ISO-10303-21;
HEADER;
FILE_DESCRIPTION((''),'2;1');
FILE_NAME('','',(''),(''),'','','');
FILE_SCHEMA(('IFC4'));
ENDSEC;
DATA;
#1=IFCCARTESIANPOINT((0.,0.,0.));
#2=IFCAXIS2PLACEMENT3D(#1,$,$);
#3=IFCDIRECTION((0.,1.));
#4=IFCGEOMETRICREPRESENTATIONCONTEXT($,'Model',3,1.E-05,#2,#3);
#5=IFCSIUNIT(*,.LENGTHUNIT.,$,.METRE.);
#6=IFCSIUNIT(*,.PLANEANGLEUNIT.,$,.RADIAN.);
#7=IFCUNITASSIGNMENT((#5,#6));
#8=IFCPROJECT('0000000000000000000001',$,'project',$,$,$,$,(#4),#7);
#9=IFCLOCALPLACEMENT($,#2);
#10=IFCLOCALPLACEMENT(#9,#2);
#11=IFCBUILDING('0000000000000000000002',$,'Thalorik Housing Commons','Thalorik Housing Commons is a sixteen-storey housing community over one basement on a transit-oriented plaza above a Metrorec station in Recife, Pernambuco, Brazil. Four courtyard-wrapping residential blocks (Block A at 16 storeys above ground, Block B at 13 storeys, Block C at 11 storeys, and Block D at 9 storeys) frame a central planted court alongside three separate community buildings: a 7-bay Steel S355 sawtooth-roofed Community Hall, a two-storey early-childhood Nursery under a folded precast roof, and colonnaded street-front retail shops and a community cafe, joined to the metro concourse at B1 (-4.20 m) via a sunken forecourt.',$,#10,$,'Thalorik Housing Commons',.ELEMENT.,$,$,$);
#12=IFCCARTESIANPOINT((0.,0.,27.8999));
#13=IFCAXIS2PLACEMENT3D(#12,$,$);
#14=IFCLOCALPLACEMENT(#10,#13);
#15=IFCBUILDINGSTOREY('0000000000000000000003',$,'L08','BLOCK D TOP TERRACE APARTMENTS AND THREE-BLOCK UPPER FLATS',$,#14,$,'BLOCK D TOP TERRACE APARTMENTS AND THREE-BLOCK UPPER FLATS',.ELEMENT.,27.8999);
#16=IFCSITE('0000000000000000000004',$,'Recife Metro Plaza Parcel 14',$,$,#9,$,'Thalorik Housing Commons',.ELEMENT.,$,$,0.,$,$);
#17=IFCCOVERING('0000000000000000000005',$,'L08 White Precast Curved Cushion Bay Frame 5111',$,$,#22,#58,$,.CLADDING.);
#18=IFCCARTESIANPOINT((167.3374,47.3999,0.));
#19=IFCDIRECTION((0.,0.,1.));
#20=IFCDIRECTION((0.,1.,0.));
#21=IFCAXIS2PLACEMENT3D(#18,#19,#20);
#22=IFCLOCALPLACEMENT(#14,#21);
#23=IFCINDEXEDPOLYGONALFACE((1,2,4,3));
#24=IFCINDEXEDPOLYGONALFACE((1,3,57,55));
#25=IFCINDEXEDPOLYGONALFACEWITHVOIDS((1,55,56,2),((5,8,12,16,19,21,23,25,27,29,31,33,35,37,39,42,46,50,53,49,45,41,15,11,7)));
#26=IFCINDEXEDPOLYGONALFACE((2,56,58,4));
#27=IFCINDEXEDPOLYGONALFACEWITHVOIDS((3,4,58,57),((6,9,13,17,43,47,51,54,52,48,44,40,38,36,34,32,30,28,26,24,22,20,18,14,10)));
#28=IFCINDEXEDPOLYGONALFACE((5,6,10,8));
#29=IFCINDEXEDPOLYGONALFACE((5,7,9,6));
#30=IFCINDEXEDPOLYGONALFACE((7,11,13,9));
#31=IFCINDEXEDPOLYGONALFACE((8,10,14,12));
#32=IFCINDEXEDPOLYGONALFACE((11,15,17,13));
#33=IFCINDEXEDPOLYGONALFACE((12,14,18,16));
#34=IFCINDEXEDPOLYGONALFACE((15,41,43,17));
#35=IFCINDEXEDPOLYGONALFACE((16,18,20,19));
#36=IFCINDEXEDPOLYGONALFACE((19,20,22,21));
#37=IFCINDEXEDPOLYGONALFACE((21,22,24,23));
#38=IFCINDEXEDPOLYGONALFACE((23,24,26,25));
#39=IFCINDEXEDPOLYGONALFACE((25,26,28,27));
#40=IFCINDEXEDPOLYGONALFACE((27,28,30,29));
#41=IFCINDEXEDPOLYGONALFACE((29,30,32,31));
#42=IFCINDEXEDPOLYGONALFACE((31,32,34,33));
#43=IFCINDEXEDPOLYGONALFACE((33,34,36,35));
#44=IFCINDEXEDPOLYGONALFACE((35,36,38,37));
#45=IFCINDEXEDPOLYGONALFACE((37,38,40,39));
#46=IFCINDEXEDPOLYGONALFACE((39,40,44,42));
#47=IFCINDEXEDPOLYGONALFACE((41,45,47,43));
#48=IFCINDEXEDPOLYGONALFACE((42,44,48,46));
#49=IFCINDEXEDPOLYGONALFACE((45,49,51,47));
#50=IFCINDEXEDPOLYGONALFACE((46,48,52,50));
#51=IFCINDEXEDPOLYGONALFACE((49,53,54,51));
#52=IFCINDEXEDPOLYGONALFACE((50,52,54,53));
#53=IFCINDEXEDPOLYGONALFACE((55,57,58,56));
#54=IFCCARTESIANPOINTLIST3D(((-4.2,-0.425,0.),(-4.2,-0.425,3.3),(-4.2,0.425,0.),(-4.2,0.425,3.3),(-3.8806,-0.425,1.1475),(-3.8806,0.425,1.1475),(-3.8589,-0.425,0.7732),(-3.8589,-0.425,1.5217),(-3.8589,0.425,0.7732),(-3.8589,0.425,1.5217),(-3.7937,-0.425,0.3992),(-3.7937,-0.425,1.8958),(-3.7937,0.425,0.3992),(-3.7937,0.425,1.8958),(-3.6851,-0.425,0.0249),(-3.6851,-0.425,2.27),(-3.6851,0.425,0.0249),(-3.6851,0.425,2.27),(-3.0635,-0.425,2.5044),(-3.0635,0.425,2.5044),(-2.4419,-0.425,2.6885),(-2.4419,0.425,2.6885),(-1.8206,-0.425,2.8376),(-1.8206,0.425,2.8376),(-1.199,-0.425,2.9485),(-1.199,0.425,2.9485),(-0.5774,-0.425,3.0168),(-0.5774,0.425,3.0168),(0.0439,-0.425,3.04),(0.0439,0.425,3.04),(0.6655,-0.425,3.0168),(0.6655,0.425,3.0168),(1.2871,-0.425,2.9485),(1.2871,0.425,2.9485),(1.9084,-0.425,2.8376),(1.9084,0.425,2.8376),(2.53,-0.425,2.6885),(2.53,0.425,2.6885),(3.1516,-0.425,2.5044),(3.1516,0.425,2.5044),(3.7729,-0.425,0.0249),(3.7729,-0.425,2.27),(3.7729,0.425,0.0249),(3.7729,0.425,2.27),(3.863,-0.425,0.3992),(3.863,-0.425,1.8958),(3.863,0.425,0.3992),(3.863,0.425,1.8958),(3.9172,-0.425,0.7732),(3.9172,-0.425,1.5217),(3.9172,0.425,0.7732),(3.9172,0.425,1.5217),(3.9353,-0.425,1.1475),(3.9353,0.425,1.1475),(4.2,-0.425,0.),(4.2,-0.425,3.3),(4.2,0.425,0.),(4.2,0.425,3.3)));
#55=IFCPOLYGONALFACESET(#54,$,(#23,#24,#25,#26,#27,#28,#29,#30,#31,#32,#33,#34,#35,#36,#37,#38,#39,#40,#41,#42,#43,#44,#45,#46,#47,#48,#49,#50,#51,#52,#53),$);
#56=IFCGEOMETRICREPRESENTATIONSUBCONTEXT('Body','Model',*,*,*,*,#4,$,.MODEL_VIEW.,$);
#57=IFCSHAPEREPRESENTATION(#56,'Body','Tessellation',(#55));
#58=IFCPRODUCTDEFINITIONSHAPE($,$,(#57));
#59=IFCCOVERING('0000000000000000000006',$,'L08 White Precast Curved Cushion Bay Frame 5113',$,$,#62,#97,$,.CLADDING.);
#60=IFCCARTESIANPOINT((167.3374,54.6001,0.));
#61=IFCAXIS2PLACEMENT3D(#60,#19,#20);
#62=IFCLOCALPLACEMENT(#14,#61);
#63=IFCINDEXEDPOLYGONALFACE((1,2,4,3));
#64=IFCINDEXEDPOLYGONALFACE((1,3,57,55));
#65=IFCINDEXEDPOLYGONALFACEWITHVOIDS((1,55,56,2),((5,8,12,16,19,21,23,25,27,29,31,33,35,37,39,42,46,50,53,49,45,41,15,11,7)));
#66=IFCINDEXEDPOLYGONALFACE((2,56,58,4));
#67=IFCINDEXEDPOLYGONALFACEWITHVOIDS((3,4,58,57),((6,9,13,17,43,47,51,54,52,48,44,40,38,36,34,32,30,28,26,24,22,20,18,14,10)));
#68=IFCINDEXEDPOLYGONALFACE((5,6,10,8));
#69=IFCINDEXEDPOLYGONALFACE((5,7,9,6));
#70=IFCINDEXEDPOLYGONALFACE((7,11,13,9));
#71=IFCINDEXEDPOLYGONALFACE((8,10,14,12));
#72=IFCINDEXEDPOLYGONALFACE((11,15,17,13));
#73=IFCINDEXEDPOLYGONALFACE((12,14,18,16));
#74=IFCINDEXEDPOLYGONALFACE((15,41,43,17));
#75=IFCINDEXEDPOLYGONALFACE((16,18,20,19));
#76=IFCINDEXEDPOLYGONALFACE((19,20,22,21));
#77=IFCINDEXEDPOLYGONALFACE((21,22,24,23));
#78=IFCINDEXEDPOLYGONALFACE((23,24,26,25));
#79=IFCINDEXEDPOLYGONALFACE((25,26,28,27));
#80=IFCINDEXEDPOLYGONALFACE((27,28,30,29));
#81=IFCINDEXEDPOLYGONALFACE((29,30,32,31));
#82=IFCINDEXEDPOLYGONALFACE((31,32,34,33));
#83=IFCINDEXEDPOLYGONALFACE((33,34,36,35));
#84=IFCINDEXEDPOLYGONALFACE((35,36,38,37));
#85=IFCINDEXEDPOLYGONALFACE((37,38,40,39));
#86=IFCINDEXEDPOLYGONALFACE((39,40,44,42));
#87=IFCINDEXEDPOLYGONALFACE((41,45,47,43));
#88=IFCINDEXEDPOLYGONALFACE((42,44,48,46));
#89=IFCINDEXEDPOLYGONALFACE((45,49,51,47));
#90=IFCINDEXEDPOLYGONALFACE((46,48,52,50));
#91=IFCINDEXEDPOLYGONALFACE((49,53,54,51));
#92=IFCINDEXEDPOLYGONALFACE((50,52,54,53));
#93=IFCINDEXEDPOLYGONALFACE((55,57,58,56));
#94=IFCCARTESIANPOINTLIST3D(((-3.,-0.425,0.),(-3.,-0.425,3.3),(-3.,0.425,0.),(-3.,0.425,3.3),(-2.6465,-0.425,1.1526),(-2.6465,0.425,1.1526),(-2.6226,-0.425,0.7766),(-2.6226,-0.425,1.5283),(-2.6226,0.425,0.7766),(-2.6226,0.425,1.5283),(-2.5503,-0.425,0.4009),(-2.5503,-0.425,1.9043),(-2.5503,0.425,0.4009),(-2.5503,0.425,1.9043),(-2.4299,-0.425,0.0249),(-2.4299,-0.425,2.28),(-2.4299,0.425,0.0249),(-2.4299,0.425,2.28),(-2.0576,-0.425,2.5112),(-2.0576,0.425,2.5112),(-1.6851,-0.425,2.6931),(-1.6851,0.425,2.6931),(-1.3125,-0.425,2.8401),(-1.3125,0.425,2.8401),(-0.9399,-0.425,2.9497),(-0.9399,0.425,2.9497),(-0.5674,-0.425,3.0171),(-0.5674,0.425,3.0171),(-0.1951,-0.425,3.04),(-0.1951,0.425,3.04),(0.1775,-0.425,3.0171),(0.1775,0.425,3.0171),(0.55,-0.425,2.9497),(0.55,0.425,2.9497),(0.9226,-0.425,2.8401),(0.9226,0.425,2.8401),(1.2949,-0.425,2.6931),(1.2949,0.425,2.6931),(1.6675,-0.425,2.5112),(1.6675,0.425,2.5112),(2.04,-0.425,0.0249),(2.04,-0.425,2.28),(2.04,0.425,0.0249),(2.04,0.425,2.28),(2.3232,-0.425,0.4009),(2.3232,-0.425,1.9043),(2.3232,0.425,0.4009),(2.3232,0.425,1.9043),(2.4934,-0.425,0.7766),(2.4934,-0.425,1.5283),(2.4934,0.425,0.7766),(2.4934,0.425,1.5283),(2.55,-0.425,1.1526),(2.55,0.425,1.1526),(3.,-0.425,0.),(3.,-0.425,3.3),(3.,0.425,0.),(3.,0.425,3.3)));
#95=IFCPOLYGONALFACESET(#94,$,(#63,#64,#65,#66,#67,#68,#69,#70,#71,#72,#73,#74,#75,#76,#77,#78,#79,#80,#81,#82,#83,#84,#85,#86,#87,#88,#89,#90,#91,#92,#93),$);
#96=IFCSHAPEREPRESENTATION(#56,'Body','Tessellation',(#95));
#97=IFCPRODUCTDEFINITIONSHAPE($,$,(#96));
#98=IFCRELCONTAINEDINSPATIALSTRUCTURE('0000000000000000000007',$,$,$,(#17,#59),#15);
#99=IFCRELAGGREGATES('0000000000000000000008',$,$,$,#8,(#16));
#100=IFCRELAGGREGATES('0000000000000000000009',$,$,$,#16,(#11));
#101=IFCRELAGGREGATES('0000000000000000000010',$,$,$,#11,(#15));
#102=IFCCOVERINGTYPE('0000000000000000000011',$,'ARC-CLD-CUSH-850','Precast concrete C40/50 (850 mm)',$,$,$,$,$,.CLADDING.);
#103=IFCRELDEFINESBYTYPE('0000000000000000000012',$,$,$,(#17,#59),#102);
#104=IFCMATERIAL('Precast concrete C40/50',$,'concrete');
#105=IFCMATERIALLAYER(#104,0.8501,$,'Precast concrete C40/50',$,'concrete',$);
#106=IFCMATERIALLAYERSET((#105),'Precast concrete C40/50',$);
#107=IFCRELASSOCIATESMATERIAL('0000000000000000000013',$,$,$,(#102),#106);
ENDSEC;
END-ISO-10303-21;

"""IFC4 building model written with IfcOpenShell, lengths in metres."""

from ifc_helpers import new_model, si_unit, direction, frame, origin, place, context, subcontext, project, spatial, polyline, outline, extrude, material, layer, layer_set, type_object, element, save


model = new_model("IFC4")

# Units and contexts
model_context = context("Model", 3, precision=1e-05, world=origin(), true_north=direction((0.0, 1.0)))
body_context = subcontext(model_context, "Body", "Model", "MODEL_VIEW")
ifc_project = project(units=[si_unit("LENGTHUNIT", "METRE"), si_unit("PLANEANGLEUNIT", "RADIAN")], contexts=[model_context])

# Site, building, storey
site_placement = place(None, origin())
site = spatial("IfcSite", under=ifc_project, at=site_placement, Name="Recife Metro Plaza Parcel 14", LongName="Thalorik Housing Commons", CompositionType="ELEMENT", RefElevation=0.0)
building_placement = place(site_placement, origin())
building = spatial("IfcBuilding", under=site, at=building_placement, Name="Thalorik Housing Commons", Description="Thalorik Housing Commons is a sixteen-storey housing community over one basement on a transit-oriented plaza above a Metrorec station in Recife, Pernambuco, Brazil. Four courtyard-wrapping residential blocks (Block A at 16 storeys above ground, Block B at 13 storeys, Block C at 11 storeys, and Block D at 9 storeys) frame a central planted court alongside three separate community buildings: a 7-bay Steel S355 sawtooth-roofed Community Hall, a two-storey early-childhood Nursery under a folded precast roof, and colonnaded street-front retail shops and a community cafe, joined to the metro concourse at B1 (-4.20 m) via a sunken forecourt.", LongName="Thalorik Housing Commons", CompositionType="ELEMENT")
storey_placement = place(building_placement, frame((0.0, 0.0, 27.8999)))
storey = spatial("IfcBuildingStorey", under=building, at=storey_placement, Name="L08", Description="BLOCK D TOP TERRACE APARTMENTS AND THREE-BLOCK UPPER FLATS", LongName="BLOCK D TOP TERRACE APARTMENTS AND THREE-BLOCK UPPER FLATS", CompositionType="ELEMENT", Elevation=27.8999)

# Shared definitions
ifc_material_1 = material(Name="Precast concrete C40/50", Category="concrete")

# Coverings
ifc_layer_1 = layer(ifc_material_1, 0.8501, Name="Precast concrete C40/50", Category="concrete")
ifc_layer_set_1 = layer_set([ifc_layer_1], Name="Precast concrete C40/50")
covering_type_1 = type_object("IfcCoveringType", Name="ARC-CLD-CUSH-850", Description="Precast concrete C40/50 (850 mm)", PredefinedType="CLADDING", material=ifc_layer_set_1)
covering_1_placement = place(storey_placement, frame((167.3374, 47.3999, 0.0), z_axis=(0.0, 0.0, 1.0), x_axis=(0.0, 1.0, 0.0)))
element("IfcCovering", 1, at=covering_1_placement, inside=storey, type_object=covering_type_1, Name="L08 White Precast Curved Cushion Bay Frame 5111", PredefinedType="CLADDING", context=body_context, shape_type="SweptSolid", body=[
    extrude(outline(polyline([(-4.2, 0.0), (4.2, 0.0), (4.2, 3.3), (-4.2, 3.3), (-4.2, 0.0)]), holes=[polyline([(3.7729, 0.0249), (3.863, 0.3992), (3.9172, 0.7732), (3.9353, 1.1475), (3.9172, 1.5217), (3.863, 1.8958), (3.7729, 2.27), (3.1516, 2.5044), (2.53, 2.6885), (1.9084, 2.8376), (1.2871, 2.9485), (0.6655, 3.0168), (0.0439, 3.04), (-0.5774, 3.0168), (-1.199, 2.9485), (-1.8206, 2.8376), (-2.4419, 2.6885), (-3.0635, 2.5044), (-3.6851, 2.27), (-3.7937, 1.8958), (-3.8589, 1.5217), (-3.8806, 1.1475), (-3.8589, 0.7732), (-3.7937, 0.3992), (-3.6851, 0.0249), (3.7729, 0.0249)])]), frame((0.0, 0.425, 0.0), z_axis=(0.0, -1.0, 0.0), x_axis=(1.0, 0.0, 0.0)), (0.0, 0.0, 1.0), 0.8501),
])
covering_2_placement = place(storey_placement, frame((167.3374, 54.6001, 0.0), z_axis=(0.0, 0.0, 1.0), x_axis=(0.0, 1.0, 0.0)))
element("IfcCovering", 2, at=covering_2_placement, inside=storey, type_object=covering_type_1, Name="L08 White Precast Curved Cushion Bay Frame 5113", PredefinedType="CLADDING", context=body_context, shape_type="SweptSolid", body=[
    extrude(outline(polyline([(-3.0, 0.0), (3.0, 0.0), (3.0, 3.3), (-3.0, 3.3), (-3.0, 0.0)]), holes=[polyline([(2.04, 0.0249), (2.3232, 0.4009), (2.4934, 0.7766), (2.55, 1.1526), (2.4934, 1.5283), (2.3232, 1.9043), (2.04, 2.28), (1.6675, 2.5112), (1.2949, 2.6931), (0.9226, 2.8401), (0.55, 2.9497), (0.1775, 3.0171), (-0.1951, 3.04), (-0.5674, 3.0171), (-0.9399, 2.9497), (-1.3125, 2.8401), (-1.6851, 2.6931), (-2.0576, 2.5112), (-2.4299, 2.28), (-2.5503, 1.9043), (-2.6226, 1.5283), (-2.6465, 1.1526), (-2.6226, 0.7766), (-2.5503, 0.4009), (-2.4299, 0.0249), (2.04, 0.0249)])]), frame((0.0, 0.425, 0.0), z_axis=(0.0, -1.0, 0.0), x_axis=(1.0, 0.0, 0.0)), (0.0, 0.0, 1.0), 0.8501),
])

save(model, "model.ifc")
